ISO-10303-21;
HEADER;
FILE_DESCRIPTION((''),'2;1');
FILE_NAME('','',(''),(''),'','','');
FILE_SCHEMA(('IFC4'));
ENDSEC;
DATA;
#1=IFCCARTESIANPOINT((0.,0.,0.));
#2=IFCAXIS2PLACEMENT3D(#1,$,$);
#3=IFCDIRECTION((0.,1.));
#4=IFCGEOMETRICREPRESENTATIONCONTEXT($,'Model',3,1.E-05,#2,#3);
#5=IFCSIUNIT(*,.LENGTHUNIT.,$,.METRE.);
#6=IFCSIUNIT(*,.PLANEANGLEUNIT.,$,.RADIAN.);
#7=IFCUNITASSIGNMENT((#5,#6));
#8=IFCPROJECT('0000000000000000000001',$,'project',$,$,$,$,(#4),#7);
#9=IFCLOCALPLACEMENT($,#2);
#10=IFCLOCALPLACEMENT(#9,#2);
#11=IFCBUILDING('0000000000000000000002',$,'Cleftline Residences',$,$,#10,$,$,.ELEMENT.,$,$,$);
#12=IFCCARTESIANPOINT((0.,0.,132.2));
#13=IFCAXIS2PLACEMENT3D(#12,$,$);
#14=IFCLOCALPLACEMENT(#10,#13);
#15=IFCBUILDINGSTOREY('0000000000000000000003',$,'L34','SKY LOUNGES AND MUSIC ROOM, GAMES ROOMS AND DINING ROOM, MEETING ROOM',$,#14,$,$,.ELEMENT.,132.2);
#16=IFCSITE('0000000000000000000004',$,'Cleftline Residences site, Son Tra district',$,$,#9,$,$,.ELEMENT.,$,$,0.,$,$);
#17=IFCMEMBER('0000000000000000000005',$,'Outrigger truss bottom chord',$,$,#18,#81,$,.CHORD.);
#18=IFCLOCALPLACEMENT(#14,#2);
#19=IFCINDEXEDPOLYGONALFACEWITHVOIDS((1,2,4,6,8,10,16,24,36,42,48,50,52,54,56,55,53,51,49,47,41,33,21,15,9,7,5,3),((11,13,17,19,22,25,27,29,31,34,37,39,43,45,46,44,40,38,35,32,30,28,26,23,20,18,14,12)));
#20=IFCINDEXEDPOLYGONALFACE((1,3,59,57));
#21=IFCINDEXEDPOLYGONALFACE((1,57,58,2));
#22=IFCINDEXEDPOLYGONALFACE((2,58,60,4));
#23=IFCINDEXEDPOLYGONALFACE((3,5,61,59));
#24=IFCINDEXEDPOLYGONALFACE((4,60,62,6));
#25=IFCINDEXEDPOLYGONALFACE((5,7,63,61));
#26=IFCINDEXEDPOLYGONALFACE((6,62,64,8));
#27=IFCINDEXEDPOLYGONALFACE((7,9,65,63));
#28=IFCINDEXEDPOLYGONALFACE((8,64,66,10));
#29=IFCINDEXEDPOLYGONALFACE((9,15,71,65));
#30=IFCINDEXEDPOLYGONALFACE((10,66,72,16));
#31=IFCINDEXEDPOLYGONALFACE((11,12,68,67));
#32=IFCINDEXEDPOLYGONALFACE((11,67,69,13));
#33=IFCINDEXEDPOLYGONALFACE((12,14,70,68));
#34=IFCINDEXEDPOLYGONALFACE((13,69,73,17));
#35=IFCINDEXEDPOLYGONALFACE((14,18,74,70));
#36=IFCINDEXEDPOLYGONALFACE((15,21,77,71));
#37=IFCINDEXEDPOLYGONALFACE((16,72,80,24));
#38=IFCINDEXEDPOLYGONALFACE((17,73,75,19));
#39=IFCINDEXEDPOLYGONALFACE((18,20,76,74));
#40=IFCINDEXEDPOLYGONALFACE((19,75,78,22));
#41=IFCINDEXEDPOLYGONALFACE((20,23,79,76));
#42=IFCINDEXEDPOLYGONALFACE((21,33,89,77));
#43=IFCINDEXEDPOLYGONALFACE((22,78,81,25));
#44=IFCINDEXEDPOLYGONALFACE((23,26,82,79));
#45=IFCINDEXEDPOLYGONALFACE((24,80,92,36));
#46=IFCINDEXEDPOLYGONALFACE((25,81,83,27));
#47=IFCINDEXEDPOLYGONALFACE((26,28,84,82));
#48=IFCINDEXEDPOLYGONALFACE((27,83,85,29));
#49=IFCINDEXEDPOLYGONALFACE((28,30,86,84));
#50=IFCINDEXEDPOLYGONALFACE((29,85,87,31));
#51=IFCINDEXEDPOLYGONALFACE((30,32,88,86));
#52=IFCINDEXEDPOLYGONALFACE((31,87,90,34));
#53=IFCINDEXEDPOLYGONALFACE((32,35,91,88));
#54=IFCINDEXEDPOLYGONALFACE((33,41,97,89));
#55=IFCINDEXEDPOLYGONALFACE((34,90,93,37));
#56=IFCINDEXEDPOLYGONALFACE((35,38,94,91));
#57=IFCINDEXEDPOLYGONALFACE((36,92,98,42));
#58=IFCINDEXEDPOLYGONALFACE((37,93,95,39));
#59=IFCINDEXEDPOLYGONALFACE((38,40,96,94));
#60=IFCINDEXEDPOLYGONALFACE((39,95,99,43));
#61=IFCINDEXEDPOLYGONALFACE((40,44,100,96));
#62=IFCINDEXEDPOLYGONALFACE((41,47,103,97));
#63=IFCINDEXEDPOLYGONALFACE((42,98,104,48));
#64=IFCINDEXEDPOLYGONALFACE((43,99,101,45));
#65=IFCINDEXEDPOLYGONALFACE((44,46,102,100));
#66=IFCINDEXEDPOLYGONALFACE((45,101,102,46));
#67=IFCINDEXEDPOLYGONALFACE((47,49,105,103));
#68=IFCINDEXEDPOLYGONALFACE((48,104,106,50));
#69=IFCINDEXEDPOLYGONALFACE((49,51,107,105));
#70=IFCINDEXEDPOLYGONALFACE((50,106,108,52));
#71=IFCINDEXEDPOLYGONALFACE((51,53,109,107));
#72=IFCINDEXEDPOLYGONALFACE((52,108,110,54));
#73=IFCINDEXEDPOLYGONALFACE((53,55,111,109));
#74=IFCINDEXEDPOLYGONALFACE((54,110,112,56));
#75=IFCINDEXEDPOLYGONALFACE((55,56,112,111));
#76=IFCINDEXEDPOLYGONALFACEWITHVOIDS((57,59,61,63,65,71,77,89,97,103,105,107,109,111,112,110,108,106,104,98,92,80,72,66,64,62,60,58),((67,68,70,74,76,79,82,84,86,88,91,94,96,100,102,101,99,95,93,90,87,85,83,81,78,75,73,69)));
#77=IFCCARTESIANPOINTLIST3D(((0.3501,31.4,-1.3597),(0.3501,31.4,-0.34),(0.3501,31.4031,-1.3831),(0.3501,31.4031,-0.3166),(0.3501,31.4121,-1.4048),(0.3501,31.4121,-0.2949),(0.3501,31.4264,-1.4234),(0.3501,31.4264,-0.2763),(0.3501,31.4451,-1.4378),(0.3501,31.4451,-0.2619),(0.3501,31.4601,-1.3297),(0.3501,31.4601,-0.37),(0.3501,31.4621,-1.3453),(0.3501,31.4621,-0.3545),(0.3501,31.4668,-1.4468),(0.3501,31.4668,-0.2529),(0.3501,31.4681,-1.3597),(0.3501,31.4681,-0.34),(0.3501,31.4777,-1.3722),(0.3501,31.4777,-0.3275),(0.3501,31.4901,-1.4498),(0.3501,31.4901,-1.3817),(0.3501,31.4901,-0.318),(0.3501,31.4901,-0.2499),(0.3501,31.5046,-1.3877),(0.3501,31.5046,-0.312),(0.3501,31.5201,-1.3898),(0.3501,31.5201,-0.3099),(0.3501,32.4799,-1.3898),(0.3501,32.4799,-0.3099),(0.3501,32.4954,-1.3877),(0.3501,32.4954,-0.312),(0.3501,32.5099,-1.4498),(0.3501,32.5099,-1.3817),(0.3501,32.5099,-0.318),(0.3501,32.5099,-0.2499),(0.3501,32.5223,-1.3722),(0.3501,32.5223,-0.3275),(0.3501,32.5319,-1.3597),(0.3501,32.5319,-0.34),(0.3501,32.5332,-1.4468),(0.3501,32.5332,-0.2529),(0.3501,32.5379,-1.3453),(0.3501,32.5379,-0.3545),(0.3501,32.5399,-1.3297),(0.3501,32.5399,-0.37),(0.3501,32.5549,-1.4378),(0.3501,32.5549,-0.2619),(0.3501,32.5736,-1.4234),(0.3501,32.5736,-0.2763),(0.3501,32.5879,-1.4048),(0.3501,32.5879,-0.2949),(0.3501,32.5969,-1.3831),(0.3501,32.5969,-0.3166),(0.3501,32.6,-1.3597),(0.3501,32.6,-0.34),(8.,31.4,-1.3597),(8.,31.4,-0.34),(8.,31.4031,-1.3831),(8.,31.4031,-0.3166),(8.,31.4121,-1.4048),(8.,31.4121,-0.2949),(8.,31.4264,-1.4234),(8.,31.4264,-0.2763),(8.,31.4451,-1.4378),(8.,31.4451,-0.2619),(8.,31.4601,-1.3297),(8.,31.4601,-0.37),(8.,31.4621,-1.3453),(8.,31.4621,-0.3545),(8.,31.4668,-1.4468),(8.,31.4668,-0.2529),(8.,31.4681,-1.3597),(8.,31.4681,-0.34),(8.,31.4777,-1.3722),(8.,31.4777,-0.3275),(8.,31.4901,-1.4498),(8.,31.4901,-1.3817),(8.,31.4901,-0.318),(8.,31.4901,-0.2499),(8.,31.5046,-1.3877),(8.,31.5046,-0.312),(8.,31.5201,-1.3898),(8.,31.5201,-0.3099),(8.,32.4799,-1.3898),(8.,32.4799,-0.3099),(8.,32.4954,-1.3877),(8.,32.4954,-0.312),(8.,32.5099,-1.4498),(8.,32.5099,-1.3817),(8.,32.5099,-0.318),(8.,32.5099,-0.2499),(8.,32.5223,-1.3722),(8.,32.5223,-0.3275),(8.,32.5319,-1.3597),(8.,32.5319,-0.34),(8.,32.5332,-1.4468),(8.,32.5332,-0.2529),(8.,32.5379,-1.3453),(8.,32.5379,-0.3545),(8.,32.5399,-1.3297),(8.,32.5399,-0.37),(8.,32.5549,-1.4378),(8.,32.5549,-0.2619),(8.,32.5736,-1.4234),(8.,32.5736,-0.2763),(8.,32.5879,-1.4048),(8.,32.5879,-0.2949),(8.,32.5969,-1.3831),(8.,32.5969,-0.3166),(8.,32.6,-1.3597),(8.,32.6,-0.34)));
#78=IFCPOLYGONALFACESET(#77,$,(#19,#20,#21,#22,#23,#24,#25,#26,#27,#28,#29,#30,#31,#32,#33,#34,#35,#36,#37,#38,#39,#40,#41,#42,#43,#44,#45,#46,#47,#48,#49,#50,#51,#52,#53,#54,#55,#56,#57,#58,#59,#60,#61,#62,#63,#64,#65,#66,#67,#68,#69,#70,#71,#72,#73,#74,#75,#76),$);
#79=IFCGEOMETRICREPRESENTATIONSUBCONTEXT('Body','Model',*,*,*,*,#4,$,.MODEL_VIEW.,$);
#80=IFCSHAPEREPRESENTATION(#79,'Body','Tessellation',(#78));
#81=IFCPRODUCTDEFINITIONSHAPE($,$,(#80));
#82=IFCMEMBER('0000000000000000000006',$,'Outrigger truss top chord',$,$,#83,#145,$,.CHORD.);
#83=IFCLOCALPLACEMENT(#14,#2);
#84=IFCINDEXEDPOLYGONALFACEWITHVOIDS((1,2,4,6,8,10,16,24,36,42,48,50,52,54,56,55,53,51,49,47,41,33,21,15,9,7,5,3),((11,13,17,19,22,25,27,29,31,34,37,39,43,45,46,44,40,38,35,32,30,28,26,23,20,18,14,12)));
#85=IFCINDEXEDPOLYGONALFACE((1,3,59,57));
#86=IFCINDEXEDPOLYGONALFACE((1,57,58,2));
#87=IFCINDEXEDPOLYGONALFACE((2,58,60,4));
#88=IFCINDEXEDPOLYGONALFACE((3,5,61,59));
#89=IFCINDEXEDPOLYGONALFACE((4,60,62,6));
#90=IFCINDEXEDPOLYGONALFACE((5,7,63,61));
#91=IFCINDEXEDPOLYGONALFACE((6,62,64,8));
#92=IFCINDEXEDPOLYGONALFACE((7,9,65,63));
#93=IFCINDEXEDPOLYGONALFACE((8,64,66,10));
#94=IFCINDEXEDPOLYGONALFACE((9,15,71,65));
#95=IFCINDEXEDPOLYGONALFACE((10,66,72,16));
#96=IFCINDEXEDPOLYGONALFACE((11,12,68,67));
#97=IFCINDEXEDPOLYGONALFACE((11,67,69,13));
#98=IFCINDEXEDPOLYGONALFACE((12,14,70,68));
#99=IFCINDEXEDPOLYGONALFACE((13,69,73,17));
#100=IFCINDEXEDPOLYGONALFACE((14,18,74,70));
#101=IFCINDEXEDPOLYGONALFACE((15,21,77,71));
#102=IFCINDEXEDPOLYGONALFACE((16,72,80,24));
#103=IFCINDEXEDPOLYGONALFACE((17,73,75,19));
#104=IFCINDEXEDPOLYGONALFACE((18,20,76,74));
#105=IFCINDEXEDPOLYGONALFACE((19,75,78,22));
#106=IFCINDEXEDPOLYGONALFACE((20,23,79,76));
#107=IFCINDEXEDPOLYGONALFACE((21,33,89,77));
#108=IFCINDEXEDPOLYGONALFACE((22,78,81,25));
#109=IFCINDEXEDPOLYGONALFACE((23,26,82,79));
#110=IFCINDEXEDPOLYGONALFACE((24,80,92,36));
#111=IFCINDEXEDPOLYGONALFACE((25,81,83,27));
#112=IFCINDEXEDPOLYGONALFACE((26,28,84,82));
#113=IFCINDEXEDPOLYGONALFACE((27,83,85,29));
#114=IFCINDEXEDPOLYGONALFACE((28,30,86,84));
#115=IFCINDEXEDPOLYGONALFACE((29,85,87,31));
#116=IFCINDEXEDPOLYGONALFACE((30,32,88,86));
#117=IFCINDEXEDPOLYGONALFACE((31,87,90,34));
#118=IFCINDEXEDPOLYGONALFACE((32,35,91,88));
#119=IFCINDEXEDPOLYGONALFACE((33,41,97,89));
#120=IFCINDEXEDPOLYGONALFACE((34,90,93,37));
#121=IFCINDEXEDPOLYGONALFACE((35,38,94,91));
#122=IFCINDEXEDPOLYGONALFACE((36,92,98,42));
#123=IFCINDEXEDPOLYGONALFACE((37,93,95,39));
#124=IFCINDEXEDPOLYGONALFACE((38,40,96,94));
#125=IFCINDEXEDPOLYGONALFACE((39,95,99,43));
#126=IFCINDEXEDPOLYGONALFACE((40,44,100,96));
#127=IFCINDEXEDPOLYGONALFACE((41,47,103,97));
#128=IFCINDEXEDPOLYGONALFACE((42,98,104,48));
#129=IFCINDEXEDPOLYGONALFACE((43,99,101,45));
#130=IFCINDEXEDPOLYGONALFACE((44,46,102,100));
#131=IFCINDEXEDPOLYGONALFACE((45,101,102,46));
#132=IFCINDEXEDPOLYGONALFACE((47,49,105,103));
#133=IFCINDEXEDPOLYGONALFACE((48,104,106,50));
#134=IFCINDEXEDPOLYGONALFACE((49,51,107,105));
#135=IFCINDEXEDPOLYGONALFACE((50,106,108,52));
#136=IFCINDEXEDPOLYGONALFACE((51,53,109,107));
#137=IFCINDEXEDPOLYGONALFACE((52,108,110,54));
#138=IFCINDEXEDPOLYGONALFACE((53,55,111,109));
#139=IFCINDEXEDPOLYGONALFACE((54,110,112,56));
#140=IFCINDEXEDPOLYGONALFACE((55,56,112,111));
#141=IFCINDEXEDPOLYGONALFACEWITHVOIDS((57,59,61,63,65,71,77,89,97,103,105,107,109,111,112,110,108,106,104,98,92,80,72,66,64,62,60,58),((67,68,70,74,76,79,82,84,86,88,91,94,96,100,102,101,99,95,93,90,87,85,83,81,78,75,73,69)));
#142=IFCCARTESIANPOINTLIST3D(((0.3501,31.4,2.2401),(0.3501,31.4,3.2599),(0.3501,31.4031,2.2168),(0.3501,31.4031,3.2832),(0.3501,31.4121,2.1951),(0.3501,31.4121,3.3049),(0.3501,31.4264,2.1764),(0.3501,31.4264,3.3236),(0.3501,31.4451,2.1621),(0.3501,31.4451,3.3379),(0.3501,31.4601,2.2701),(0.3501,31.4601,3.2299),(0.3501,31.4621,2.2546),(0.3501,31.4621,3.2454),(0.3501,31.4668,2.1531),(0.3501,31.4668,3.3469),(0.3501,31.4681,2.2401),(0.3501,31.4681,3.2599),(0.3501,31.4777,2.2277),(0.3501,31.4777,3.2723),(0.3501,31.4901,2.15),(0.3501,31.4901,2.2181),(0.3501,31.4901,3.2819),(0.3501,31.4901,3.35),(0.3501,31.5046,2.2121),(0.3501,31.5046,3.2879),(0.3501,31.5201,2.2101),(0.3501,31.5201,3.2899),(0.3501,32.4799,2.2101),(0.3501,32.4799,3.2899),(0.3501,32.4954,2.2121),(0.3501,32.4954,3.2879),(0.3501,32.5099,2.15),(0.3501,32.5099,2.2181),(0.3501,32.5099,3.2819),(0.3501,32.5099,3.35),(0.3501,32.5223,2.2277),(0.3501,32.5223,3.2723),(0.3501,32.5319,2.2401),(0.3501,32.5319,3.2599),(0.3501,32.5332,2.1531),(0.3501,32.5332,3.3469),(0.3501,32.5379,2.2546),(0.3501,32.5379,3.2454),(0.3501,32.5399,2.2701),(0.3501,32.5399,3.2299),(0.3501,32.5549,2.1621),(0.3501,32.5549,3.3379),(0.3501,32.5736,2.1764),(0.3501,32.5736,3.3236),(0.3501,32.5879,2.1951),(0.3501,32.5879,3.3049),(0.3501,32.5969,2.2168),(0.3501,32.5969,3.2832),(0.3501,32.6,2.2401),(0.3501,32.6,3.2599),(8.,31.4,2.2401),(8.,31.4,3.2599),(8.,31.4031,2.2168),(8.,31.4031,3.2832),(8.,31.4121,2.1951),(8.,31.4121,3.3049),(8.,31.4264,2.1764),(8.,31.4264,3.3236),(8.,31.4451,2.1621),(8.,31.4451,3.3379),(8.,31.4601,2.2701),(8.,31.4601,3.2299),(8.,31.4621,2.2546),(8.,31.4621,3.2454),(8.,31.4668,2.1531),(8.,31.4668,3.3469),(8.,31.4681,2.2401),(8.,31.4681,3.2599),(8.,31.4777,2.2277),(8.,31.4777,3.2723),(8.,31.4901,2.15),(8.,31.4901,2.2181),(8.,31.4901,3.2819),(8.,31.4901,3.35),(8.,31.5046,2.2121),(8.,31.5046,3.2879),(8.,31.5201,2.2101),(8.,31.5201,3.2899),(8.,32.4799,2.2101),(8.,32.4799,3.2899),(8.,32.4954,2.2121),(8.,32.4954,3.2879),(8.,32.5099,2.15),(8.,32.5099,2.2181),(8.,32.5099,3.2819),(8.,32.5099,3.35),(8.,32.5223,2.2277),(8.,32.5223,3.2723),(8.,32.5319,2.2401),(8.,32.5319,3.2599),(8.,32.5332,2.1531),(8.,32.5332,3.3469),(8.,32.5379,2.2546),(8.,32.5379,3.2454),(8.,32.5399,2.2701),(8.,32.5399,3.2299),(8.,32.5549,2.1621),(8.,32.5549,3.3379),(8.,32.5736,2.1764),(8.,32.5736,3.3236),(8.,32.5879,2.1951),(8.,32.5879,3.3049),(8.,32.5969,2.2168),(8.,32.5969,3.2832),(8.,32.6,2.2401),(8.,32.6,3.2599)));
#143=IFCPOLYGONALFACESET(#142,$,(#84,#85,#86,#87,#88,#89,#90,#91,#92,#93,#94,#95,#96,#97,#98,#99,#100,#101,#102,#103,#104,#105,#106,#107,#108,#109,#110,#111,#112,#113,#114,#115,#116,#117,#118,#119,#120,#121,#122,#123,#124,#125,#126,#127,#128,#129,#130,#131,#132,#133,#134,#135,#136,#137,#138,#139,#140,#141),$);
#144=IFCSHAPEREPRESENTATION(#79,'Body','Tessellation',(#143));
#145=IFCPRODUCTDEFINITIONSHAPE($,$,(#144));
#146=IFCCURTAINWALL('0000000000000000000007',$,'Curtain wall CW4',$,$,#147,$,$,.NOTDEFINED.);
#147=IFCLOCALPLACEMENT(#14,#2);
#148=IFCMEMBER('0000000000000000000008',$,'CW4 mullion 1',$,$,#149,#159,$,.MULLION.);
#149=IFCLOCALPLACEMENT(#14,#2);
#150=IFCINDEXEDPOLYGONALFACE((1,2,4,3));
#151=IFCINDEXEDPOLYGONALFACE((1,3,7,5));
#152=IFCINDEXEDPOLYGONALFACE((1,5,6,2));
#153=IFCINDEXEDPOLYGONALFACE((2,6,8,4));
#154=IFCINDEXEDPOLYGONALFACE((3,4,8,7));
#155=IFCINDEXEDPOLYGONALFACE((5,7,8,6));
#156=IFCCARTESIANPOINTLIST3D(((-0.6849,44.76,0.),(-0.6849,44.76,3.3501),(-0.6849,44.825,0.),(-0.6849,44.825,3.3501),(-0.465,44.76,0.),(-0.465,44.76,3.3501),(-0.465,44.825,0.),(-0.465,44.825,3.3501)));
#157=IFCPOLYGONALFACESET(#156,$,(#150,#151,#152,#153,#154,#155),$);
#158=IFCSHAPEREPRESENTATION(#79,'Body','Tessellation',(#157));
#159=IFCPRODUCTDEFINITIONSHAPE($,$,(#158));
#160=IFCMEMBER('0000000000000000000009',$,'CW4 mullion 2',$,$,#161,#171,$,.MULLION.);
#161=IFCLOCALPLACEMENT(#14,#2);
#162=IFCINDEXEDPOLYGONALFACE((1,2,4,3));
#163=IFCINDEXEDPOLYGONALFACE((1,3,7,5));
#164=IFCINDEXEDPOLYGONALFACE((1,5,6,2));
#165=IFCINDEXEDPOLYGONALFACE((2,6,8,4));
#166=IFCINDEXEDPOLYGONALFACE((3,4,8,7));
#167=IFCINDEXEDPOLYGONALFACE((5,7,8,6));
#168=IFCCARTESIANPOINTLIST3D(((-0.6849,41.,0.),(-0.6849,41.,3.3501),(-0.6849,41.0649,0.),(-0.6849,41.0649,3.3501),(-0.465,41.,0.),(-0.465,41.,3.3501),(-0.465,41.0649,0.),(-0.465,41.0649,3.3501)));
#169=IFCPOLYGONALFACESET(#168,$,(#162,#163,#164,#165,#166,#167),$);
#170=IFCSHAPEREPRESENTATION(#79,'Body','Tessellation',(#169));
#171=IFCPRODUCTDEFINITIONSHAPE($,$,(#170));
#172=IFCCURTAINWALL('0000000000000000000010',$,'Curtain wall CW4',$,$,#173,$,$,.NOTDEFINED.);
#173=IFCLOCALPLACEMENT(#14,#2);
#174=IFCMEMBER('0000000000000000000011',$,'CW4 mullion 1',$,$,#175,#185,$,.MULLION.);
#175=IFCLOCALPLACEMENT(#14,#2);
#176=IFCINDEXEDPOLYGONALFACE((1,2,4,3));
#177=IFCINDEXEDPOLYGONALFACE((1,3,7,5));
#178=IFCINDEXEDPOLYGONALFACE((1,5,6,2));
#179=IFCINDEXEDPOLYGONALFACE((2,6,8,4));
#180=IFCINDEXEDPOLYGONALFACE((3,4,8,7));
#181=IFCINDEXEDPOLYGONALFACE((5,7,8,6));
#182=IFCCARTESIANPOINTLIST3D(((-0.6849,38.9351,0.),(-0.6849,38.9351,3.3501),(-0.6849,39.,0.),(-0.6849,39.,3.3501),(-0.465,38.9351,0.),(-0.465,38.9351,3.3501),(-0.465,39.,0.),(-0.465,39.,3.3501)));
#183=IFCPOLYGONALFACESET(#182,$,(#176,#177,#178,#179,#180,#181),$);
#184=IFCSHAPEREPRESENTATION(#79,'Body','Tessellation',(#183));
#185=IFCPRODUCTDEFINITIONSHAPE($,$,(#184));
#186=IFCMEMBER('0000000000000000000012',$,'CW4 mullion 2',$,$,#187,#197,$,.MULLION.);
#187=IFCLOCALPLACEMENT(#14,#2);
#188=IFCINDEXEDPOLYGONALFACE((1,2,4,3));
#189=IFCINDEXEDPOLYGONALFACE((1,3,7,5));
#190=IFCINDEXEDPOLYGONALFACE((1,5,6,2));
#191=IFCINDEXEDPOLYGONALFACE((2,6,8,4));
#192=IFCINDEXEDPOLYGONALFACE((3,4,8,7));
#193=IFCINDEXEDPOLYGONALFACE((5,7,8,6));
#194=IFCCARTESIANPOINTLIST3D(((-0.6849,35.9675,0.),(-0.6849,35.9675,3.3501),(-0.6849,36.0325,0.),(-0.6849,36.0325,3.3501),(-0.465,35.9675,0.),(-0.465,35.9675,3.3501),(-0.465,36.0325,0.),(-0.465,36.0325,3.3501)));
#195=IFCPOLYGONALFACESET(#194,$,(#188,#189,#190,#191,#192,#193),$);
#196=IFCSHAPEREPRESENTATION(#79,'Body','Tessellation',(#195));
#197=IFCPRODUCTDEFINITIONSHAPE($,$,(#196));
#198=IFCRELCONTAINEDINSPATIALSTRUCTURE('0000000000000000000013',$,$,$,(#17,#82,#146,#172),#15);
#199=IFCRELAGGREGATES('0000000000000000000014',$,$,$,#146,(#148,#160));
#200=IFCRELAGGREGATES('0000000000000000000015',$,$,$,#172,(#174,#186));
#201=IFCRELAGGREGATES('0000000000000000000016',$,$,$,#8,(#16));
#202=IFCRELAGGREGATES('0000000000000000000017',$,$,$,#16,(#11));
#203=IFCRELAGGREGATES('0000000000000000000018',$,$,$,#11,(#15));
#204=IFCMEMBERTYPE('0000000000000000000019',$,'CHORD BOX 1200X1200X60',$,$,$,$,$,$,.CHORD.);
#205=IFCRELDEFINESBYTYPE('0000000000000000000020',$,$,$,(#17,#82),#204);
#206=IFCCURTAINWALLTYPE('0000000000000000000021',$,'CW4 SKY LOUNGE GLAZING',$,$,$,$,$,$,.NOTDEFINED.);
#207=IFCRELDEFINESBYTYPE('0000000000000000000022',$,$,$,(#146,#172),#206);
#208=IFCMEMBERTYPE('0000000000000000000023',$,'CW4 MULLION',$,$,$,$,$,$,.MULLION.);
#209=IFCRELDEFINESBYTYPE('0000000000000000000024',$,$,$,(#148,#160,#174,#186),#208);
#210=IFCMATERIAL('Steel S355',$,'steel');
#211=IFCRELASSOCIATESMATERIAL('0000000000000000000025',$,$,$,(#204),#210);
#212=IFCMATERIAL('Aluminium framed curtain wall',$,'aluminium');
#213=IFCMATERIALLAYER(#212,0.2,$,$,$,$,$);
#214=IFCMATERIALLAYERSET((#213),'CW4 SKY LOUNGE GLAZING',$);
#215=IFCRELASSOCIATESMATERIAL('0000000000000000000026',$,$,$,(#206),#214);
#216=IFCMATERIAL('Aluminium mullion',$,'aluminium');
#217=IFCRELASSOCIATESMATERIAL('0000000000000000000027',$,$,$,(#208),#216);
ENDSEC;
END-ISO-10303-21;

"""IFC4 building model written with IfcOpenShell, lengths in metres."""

from ifc_helpers import new_model, si_unit, direction, frame, origin, origin_2d, place, context, subcontext, project, spatial, rectangle, hollow_rectangle, extrude, material, layer, layer_set, material_profile, profile_set, type_object, element, aggregate, save


model = new_model("IFC4")

# Units and contexts
model_context = context("Model", 3, precision=1e-05, world=origin(), true_north=direction((0.0, 1.0)))
body_context = subcontext(model_context, "Body", "Model", "MODEL_VIEW")
ifc_project = project(units=[si_unit("LENGTHUNIT", "METRE"), si_unit("PLANEANGLEUNIT", "RADIAN")], contexts=[model_context])

# Site, building, storey
site_placement = place(None, origin())
site = spatial("IfcSite", under=ifc_project, at=site_placement, Name="Cleftline Residences site, Son Tra district", CompositionType="ELEMENT", RefElevation=0.0)
building_placement = place(site_placement, origin())
building = spatial("IfcBuilding", under=site, at=building_placement, Name="Cleftline Residences", CompositionType="ELEMENT")
storey_placement = place(building_placement, frame((0.0, 0.0, 132.2)))
storey = spatial("IfcBuildingStorey", under=building, at=storey_placement, Name="L34", Description="SKY LOUNGES AND MUSIC ROOM, GAMES ROOMS AND DINING ROOM, MEETING ROOM", CompositionType="ELEMENT", Elevation=132.2)

# Members
ifc_material_1 = material(Name="Steel S355", Category="steel")
ifc_material_profile_1 = material_profile(ifc_material_1, hollow_rectangle(XDim=1.2, YDim=1.2, WallThickness=0.0601, InnerFilletRadius=0.0601, OuterFilletRadius=0.0901, at=origin_2d()))
ifc_profile_set_1 = profile_set([ifc_material_profile_1], Name="Steel S355")
member_type_1 = type_object("IfcMemberType", Name="CHORD BOX 1200X1200X60", PredefinedType="CHORD", material=ifc_profile_set_1)
for number, where, z_axis, x_axis, name in (
    (1, (8.0, 32.0, -0.8499), (-1.0, 0.0, 0.0), (0.0, -1.0, 0.0), "Outrigger truss bottom chord"),
    (2, (8.0, 32.0, 2.75), (-1.0, 0.0, 0.0), (0.0, -1.0, 0.0), "Outrigger truss top chord"),
):
    element("IfcMember", number, at=place(storey_placement, frame(where, z_axis=z_axis, x_axis=x_axis)), inside=storey, type_object=member_type_1, Name=name, PredefinedType="CHORD", context=body_context, shape_type="SweptSolid", body=[
        extrude(hollow_rectangle(XDim=1.2, YDim=1.2, WallThickness=0.0601, InnerFilletRadius=0.0601, OuterFilletRadius=0.0901, at=origin_2d()), origin(), (0.0, 0.0, 1.0), 7.6499),
    ])

# Curtain walls, members
ifc_material_2 = material(Name="Aluminium framed curtain wall", Category="aluminium")
ifc_layer_1 = layer(ifc_material_2, 0.2)
ifc_layer_set_1 = layer_set([ifc_layer_1], Name="CW4 SKY LOUNGE GLAZING")
curtain_wall_type = type_object("IfcCurtainWallType", Name="CW4 SKY LOUNGE GLAZING", PredefinedType="NOTDEFINED", material=ifc_layer_set_1)
curtain_wall_1_placement = place(storey_placement, origin())
curtain_wall_1 = element("IfcCurtainWall", 3, at=curtain_wall_1_placement, inside=storey, type_object=curtain_wall_type, Name="Curtain wall CW4", PredefinedType="NOTDEFINED")
ifc_material_3 = material(Name="Aluminium mullion", Category="aluminium")
ifc_material_profile_2 = material_profile(ifc_material_3, rectangle(XDim=0.22, YDim=0.0649, at=origin_2d()))
ifc_profile_set_2 = profile_set([ifc_material_profile_2], Name="Aluminium mullion")
member_type_2 = type_object("IfcMemberType", Name="CW4 MULLION", PredefinedType="MULLION", material=ifc_profile_set_2)
member_1_placement = place(storey_placement, frame((-0.575, 44.7925, 0.0), z_axis=(0.0, 0.0, 1.0), x_axis=(1.0, 0.0, 0.0)))
member_1 = element("IfcMember", 4, at=member_1_placement, type_object=member_type_2, Name="CW4 mullion 1", PredefinedType="MULLION", context=body_context, shape_type="SweptSolid", body=[
    extrude(rectangle(XDim=0.22, YDim=0.0649, at=origin_2d()), origin(), (0.0, 0.0, 1.0), 3.3501),
])
member_2_placement = place(storey_placement, frame((-0.575, 41.0325, 0.0), z_axis=(0.0, 0.0, 1.0), x_axis=(1.0, 0.0, 0.0)))
member_2 = element("IfcMember", 5, at=member_2_placement, type_object=member_type_2, Name="CW4 mullion 2", PredefinedType="MULLION", context=body_context, shape_type="SweptSolid", body=[
    extrude(rectangle(XDim=0.22, YDim=0.0649, at=origin_2d()), origin(), (0.0, 0.0, 1.0), 3.3501),
])
curtain_wall_2_placement = place(storey_placement, origin())
curtain_wall_2 = element("IfcCurtainWall", 6, at=curtain_wall_2_placement, inside=storey, type_object=curtain_wall_type, Name="Curtain wall CW4", PredefinedType="NOTDEFINED")
member_3_placement = place(storey_placement, frame((-0.575, 38.9675, 0.0), z_axis=(0.0, 0.0, 1.0), x_axis=(1.0, 0.0, 0.0)))
member_3 = element("IfcMember", 7, at=member_3_placement, type_object=member_type_2, Name="CW4 mullion 1", PredefinedType="MULLION", context=body_context, shape_type="SweptSolid", body=[
    extrude(rectangle(XDim=0.22, YDim=0.0649, at=origin_2d()), origin(), (0.0, 0.0, 1.0), 3.3501),
])
member_4_placement = place(storey_placement, frame((-0.575, 36.0, 0.0), z_axis=(0.0, 0.0, 1.0), x_axis=(1.0, 0.0, 0.0)))
member_4 = element("IfcMember", 8, at=member_4_placement, type_object=member_type_2, Name="CW4 mullion 2", PredefinedType="MULLION", context=body_context, shape_type="SweptSolid", body=[
    extrude(rectangle(XDim=0.22, YDim=0.0649, at=origin_2d()), origin(), (0.0, 0.0, 1.0), 3.3501),
])

aggregate(curtain_wall_1, [member_1, member_2])
aggregate(curtain_wall_2, [member_3, member_4])

save(model, "model.ifc")
